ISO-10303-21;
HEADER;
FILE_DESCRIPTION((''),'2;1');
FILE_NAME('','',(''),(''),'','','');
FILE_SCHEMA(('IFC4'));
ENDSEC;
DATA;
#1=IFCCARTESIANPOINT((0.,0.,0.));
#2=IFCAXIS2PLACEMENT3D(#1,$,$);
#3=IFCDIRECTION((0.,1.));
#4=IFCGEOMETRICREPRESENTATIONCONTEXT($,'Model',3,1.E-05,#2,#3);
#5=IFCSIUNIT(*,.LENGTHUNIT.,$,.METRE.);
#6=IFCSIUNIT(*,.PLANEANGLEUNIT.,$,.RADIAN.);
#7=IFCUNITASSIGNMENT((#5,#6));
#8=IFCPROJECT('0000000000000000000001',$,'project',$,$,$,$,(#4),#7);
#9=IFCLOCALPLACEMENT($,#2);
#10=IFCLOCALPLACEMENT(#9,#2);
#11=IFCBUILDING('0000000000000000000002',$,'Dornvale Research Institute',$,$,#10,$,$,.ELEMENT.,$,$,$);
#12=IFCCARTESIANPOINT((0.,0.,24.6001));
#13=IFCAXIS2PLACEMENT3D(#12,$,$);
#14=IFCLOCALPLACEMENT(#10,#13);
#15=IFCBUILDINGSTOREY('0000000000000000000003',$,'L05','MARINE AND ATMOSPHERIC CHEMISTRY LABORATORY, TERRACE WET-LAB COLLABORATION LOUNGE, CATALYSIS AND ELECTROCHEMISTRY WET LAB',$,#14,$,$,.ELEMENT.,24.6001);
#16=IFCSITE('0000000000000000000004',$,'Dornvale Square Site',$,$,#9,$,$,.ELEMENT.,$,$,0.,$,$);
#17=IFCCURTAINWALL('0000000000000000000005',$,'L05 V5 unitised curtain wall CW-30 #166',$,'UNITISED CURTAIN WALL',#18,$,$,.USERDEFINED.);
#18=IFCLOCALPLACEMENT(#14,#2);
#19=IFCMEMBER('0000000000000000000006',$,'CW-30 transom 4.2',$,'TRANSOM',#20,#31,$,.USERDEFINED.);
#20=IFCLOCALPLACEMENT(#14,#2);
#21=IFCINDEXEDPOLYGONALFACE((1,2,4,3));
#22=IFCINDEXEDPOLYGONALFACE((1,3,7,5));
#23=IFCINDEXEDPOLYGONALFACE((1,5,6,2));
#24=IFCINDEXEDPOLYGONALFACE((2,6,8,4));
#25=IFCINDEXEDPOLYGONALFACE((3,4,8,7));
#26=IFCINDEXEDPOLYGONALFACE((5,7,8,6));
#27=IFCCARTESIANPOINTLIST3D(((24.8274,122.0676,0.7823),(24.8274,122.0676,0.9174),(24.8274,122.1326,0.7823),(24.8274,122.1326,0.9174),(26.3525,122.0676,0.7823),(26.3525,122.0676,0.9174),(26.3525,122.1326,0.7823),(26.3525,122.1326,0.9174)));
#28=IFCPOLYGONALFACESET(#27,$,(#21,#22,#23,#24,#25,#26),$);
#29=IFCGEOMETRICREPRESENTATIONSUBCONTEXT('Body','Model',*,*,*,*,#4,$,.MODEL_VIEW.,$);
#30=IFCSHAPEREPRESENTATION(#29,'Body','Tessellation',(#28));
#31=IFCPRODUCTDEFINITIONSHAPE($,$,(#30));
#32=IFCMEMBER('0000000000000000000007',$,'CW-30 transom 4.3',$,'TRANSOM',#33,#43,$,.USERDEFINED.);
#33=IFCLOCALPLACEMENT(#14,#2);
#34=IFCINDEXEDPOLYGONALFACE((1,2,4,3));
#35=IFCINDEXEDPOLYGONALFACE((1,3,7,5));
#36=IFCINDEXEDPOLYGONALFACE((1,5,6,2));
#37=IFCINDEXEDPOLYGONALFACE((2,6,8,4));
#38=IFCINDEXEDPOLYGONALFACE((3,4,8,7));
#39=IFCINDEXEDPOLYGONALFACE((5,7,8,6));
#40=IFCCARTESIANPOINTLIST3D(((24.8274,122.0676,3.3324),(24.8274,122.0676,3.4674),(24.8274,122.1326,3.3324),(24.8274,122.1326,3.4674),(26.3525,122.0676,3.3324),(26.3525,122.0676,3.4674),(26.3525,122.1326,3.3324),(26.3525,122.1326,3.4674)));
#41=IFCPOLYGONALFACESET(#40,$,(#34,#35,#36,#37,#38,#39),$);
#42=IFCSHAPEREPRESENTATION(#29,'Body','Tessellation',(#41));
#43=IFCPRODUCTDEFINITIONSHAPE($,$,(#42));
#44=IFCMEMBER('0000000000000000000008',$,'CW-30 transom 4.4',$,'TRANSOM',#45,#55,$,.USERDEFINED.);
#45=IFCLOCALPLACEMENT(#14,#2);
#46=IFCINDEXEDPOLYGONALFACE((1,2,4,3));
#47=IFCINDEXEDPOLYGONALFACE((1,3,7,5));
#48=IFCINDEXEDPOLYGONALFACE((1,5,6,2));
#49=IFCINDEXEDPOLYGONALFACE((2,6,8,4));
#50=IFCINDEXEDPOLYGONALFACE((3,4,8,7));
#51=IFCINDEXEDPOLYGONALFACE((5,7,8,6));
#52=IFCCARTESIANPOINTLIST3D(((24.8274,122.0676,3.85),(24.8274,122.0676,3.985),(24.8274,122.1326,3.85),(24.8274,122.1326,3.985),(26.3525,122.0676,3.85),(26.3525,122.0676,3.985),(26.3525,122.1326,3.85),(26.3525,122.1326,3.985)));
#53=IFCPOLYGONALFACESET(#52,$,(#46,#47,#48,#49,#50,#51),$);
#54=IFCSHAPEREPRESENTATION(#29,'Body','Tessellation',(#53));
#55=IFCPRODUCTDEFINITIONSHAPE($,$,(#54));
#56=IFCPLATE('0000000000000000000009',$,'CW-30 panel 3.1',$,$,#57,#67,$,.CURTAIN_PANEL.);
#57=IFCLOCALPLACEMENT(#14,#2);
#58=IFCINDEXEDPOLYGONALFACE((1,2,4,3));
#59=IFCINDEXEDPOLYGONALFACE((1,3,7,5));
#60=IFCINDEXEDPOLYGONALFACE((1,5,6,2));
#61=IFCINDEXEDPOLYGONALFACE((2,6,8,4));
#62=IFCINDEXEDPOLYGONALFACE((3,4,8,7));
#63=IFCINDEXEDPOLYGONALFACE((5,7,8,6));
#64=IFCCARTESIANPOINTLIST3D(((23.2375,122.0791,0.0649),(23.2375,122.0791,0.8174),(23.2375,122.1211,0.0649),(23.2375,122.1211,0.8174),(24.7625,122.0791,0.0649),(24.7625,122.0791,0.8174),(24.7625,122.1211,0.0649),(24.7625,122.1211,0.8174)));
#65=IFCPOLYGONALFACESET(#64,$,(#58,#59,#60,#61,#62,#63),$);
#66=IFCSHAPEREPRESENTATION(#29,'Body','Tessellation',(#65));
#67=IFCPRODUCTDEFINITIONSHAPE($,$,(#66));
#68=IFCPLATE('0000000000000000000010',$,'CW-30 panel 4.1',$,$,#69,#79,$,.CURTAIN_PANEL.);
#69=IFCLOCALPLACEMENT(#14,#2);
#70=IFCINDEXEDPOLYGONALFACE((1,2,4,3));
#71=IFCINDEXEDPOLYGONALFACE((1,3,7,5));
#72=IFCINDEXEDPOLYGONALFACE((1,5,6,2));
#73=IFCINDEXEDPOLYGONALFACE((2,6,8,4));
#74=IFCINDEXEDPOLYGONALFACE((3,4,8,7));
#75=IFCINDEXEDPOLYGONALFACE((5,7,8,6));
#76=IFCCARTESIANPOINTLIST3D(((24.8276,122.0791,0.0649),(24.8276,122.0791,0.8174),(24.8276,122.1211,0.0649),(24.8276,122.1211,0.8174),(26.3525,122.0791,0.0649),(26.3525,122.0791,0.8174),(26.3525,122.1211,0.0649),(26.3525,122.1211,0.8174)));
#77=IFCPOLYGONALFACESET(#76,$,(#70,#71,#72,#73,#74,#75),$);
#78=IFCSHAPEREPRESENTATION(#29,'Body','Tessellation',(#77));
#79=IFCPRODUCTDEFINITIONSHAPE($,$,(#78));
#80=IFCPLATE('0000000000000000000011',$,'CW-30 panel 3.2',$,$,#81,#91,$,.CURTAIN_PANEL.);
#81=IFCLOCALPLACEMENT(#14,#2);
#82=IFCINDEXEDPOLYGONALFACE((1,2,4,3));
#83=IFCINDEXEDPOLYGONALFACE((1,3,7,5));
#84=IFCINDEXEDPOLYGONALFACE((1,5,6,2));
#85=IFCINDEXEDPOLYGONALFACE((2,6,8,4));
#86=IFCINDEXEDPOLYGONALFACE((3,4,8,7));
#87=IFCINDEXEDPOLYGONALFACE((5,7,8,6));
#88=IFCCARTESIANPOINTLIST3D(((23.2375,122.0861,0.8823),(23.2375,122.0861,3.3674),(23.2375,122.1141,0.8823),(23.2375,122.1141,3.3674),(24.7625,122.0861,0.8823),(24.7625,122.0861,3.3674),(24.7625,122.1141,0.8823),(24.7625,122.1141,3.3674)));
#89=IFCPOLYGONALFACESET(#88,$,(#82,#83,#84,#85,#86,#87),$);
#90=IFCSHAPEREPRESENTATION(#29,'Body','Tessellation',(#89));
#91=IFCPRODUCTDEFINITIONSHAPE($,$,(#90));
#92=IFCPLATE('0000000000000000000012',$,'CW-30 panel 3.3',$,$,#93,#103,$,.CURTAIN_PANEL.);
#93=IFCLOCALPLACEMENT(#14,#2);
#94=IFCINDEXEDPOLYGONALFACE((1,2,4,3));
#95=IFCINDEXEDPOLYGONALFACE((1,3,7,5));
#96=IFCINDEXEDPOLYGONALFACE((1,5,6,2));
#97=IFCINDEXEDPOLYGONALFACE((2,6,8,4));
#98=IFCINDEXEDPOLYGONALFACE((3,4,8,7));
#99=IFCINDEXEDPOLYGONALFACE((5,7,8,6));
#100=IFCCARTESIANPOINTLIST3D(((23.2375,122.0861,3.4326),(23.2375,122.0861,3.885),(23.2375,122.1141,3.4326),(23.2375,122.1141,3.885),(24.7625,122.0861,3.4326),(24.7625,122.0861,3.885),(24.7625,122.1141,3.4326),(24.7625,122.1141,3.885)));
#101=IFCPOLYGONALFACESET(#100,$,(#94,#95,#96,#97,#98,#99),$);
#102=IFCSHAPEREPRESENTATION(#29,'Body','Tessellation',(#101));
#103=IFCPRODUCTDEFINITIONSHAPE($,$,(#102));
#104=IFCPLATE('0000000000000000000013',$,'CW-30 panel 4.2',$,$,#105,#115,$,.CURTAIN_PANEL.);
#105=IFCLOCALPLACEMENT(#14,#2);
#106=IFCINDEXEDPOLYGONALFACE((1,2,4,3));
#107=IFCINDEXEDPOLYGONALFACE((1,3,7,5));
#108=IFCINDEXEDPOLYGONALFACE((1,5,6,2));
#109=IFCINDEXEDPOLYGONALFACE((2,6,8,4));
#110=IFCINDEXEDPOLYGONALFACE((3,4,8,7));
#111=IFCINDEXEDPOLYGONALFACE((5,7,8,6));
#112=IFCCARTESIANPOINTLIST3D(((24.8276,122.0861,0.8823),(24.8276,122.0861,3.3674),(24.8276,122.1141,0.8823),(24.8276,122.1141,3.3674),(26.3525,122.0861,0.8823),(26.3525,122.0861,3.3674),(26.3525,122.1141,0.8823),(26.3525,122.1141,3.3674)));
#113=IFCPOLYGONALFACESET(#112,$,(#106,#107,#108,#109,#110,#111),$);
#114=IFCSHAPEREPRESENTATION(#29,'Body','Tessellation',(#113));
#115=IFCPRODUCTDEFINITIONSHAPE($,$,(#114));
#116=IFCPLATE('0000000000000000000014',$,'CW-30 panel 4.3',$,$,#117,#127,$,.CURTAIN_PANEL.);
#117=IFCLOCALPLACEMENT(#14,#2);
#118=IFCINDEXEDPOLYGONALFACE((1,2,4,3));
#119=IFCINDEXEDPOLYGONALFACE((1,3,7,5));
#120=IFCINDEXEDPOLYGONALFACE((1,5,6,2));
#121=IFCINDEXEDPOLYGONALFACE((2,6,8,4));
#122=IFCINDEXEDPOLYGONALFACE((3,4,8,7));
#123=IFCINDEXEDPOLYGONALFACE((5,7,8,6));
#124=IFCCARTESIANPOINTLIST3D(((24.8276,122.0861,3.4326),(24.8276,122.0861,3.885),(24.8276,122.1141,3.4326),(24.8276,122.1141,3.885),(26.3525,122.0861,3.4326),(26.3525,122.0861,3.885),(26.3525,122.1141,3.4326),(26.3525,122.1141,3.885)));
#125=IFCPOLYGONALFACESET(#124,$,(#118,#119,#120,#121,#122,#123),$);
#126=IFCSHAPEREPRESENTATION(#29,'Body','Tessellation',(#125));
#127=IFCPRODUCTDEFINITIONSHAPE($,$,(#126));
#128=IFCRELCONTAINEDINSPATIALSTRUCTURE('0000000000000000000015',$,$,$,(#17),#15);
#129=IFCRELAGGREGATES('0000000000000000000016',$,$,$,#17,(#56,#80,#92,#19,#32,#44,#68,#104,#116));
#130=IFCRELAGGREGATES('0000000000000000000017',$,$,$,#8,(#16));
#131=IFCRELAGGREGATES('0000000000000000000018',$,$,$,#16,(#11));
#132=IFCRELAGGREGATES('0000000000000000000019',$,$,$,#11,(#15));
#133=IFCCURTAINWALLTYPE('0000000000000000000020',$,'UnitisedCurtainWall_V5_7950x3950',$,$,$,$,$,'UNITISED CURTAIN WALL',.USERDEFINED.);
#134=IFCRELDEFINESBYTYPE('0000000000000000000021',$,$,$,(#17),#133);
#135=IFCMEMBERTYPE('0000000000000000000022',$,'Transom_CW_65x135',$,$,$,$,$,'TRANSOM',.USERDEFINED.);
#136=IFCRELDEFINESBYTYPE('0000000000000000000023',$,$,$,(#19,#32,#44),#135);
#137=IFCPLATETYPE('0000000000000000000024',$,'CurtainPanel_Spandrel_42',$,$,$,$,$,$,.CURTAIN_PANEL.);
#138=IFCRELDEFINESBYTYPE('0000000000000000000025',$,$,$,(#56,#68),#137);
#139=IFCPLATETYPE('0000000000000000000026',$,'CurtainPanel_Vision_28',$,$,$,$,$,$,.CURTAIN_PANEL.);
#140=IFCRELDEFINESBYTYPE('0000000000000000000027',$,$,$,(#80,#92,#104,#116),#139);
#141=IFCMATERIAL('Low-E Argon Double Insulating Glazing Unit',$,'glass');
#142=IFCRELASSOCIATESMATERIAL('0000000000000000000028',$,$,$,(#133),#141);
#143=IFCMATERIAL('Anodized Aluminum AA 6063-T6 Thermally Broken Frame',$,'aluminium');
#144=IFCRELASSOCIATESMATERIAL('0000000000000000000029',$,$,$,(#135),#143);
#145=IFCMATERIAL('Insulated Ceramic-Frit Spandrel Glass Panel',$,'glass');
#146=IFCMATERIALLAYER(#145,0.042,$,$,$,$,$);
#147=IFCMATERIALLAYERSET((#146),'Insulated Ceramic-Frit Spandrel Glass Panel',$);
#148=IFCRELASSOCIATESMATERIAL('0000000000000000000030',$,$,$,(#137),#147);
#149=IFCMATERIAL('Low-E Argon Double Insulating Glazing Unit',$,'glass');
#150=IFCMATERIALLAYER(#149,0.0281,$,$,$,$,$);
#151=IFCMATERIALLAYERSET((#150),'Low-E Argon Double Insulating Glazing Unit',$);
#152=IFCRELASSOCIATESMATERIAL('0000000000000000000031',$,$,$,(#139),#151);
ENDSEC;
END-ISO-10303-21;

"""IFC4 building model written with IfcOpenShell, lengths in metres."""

from ifc_helpers import new_model, si_unit, direction, frame, origin, origin_2d, place, context, subcontext, project, spatial, rectangle, extrude, material, layer, layer_set, material_profile, profile_set, type_object, element, aggregate, save


model = new_model("IFC4")

# Units and contexts
model_context = context("Model", 3, precision=1e-05, world=origin(), true_north=direction((0.0, 1.0)))
body_context = subcontext(model_context, "Body", "Model", "MODEL_VIEW")
ifc_project = project(units=[si_unit("LENGTHUNIT", "METRE"), si_unit("PLANEANGLEUNIT", "RADIAN")], contexts=[model_context])

# Site, building, storey
site_placement = place(None, origin())
site = spatial("IfcSite", under=ifc_project, at=site_placement, Name="Dornvale Square Site", CompositionType="ELEMENT", RefElevation=0.0)
building_placement = place(site_placement, origin())
building = spatial("IfcBuilding", under=site, at=building_placement, Name="Dornvale Research Institute", CompositionType="ELEMENT")
storey_placement = place(building_placement, frame((0.0, 0.0, 24.6001)))
storey = spatial("IfcBuildingStorey", under=building, at=storey_placement, Name="L05", Description="MARINE AND ATMOSPHERIC CHEMISTRY LABORATORY, TERRACE WET-LAB COLLABORATION LOUNGE, CATALYSIS AND ELECTROCHEMISTRY WET LAB", CompositionType="ELEMENT", Elevation=24.6001)

# Curtain wall, members, plates
ifc_material_1 = material(Name="Low-E Argon Double Insulating Glazing Unit", Category="glass")
curtain_wall_type = type_object("IfcCurtainWallType", Name="UnitisedCurtainWall_V5_7950x3950", ElementType="UNITISED CURTAIN WALL", PredefinedType="USERDEFINED", material=ifc_material_1)
curtain_wall_placement = place(storey_placement, origin())
curtain_wall = element("IfcCurtainWall", 1, at=curtain_wall_placement, inside=storey, type_object=curtain_wall_type, Name="L05 V5 unitised curtain wall CW-30 #166", ObjectType="UNITISED CURTAIN WALL", PredefinedType="USERDEFINED")
ifc_material_2 = material(Name="Anodized Aluminum AA 6063-T6 Thermally Broken Frame", Category="aluminium")
ifc_material_profile_1 = material_profile(ifc_material_2, rectangle(XDim=0.0649, YDim=0.135, at=origin_2d()), Name="ALU TRANSOM 65x135")
ifc_profile_set_1 = profile_set([ifc_material_profile_1], Name="Anodized Aluminum AA 6063-T6 Thermally Broken Frame")
member_type_1 = type_object("IfcMemberType", Name="Transom_CW_65x135", ElementType="TRANSOM", PredefinedType="USERDEFINED", material=ifc_profile_set_1)
member_1_placement = place(storey_placement, frame((24.8274, 122.1001, 0.8499), z_axis=(1.0, 0.0, 0.0), x_axis=(0.0, 1.0, 0.0)))
member_1 = element("IfcMember", 2, at=member_1_placement, type_object=member_type_1, Name="CW-30 transom 4.2", ObjectType="TRANSOM", PredefinedType="USERDEFINED", context=body_context, shape_type="SweptSolid", body=[
    extrude(rectangle(XDim=0.0649, YDim=0.135, at=origin_2d()), origin(), (0.0, 0.0, 1.0), 1.5251),
])
member_2_placement = place(storey_placement, frame((24.8274, 122.1001, 3.3999), z_axis=(1.0, 0.0, 0.0), x_axis=(0.0, 1.0, 0.0)))
member_2 = element("IfcMember", 3, at=member_2_placement, type_object=member_type_1, Name="CW-30 transom 4.3", ObjectType="TRANSOM", PredefinedType="USERDEFINED", context=body_context, shape_type="SweptSolid", body=[
    extrude(rectangle(XDim=0.0649, YDim=0.135, at=origin_2d()), origin(), (0.0, 0.0, 1.0), 1.5251),
])
member_3_placement = place(storey_placement, frame((24.8274, 122.1001, 3.9175), z_axis=(1.0, 0.0, 0.0), x_axis=(0.0, 1.0, 0.0)))
member_3 = element("IfcMember", 4, at=member_3_placement, type_object=member_type_1, Name="CW-30 transom 4.4", ObjectType="TRANSOM", PredefinedType="USERDEFINED", context=body_context, shape_type="SweptSolid", body=[
    extrude(rectangle(XDim=0.0649, YDim=0.135, at=origin_2d()), origin(), (0.0, 0.0, 1.0), 1.5251),
])
ifc_material_3 = material(Name="Insulated Ceramic-Frit Spandrel Glass Panel", Category="glass")
ifc_layer_1 = layer(ifc_material_3, 0.042)
ifc_layer_set_1 = layer_set([ifc_layer_1], Name="Insulated Ceramic-Frit Spandrel Glass Panel")
plate_type_1 = type_object("IfcPlateType", Name="CurtainPanel_Spandrel_42", PredefinedType="CURTAIN_PANEL", material=ifc_layer_set_1)
plate_1_placement = place(storey_placement, frame((24.0, 122.1001, 0.0649), z_axis=(0.0, 0.0, 1.0), x_axis=(1.0, 0.0, 0.0)))
plate_1 = element("IfcPlate", 5, at=plate_1_placement, type_object=plate_type_1, Name="CW-30 panel 3.1", PredefinedType="CURTAIN_PANEL", context=body_context, shape_type="SweptSolid", body=[
    extrude(rectangle(XDim=1.5249, YDim=0.042, at=origin_2d()), origin(), (0.0, 0.0, 1.0), 0.7524),
])
plate_2_placement = place(storey_placement, frame((25.5901, 122.1001, 0.0649), z_axis=(0.0, 0.0, 1.0), x_axis=(1.0, 0.0, 0.0)))
plate_2 = element("IfcPlate", 6, at=plate_2_placement, type_object=plate_type_1, Name="CW-30 panel 4.1", PredefinedType="CURTAIN_PANEL", context=body_context, shape_type="SweptSolid", body=[
    extrude(rectangle(XDim=1.5249, YDim=0.042, at=origin_2d()), origin(), (0.0, 0.0, 1.0), 0.7524),
])
ifc_material_4 = material(Name="Low-E Argon Double Insulating Glazing Unit", Category="glass")
ifc_layer_2 = layer(ifc_material_4, 0.0281)
ifc_layer_set_2 = layer_set([ifc_layer_2], Name="Low-E Argon Double Insulating Glazing Unit")
plate_type_2 = type_object("IfcPlateType", Name="CurtainPanel_Vision_28", PredefinedType="CURTAIN_PANEL", material=ifc_layer_set_2)
plate_3_placement = place(storey_placement, frame((24.0, 122.1001, 0.8823), z_axis=(0.0, 0.0, 1.0), x_axis=(1.0, 0.0, 0.0)))
plate_3 = element("IfcPlate", 7, at=plate_3_placement, type_object=plate_type_2, Name="CW-30 panel 3.2", PredefinedType="CURTAIN_PANEL", context=body_context, shape_type="SweptSolid", body=[
    extrude(rectangle(XDim=1.5249, YDim=0.0281, at=origin_2d()), origin(), (0.0, 0.0, 1.0), 2.4851),
])
plate_4_placement = place(storey_placement, frame((24.0, 122.1001, 3.4326), z_axis=(0.0, 0.0, 1.0), x_axis=(1.0, 0.0, 0.0)))
plate_4 = element("IfcPlate", 8, at=plate_4_placement, type_object=plate_type_2, Name="CW-30 panel 3.3", PredefinedType="CURTAIN_PANEL", context=body_context, shape_type="SweptSolid", body=[
    extrude(rectangle(XDim=1.5249, YDim=0.0281, at=origin_2d()), origin(), (0.0, 0.0, 1.0), 0.4524),
])
plate_5_placement = place(storey_placement, frame((25.5901, 122.1001, 0.8823), z_axis=(0.0, 0.0, 1.0), x_axis=(1.0, 0.0, 0.0)))
plate_5 = element("IfcPlate", 9, at=plate_5_placement, type_object=plate_type_2, Name="CW-30 panel 4.2", PredefinedType="CURTAIN_PANEL", context=body_context, shape_type="SweptSolid", body=[
    extrude(rectangle(XDim=1.5249, YDim=0.0281, at=origin_2d()), origin(), (0.0, 0.0, 1.0), 2.4851),
])
plate_6_placement = place(storey_placement, frame((25.5901, 122.1001, 3.4326), z_axis=(0.0, 0.0, 1.0), x_axis=(1.0, 0.0, 0.0)))
plate_6 = element("IfcPlate", 10, at=plate_6_placement, type_object=plate_type_2, Name="CW-30 panel 4.3", PredefinedType="CURTAIN_PANEL", context=body_context, shape_type="SweptSolid", body=[
    extrude(rectangle(XDim=1.5249, YDim=0.0281, at=origin_2d()), origin(), (0.0, 0.0, 1.0), 0.4524),
])
aggregate(curtain_wall, [plate_1, plate_3, plate_4, member_1, member_2, member_3, plate_2, plate_5, plate_6])

save(model, "model.ifc")
